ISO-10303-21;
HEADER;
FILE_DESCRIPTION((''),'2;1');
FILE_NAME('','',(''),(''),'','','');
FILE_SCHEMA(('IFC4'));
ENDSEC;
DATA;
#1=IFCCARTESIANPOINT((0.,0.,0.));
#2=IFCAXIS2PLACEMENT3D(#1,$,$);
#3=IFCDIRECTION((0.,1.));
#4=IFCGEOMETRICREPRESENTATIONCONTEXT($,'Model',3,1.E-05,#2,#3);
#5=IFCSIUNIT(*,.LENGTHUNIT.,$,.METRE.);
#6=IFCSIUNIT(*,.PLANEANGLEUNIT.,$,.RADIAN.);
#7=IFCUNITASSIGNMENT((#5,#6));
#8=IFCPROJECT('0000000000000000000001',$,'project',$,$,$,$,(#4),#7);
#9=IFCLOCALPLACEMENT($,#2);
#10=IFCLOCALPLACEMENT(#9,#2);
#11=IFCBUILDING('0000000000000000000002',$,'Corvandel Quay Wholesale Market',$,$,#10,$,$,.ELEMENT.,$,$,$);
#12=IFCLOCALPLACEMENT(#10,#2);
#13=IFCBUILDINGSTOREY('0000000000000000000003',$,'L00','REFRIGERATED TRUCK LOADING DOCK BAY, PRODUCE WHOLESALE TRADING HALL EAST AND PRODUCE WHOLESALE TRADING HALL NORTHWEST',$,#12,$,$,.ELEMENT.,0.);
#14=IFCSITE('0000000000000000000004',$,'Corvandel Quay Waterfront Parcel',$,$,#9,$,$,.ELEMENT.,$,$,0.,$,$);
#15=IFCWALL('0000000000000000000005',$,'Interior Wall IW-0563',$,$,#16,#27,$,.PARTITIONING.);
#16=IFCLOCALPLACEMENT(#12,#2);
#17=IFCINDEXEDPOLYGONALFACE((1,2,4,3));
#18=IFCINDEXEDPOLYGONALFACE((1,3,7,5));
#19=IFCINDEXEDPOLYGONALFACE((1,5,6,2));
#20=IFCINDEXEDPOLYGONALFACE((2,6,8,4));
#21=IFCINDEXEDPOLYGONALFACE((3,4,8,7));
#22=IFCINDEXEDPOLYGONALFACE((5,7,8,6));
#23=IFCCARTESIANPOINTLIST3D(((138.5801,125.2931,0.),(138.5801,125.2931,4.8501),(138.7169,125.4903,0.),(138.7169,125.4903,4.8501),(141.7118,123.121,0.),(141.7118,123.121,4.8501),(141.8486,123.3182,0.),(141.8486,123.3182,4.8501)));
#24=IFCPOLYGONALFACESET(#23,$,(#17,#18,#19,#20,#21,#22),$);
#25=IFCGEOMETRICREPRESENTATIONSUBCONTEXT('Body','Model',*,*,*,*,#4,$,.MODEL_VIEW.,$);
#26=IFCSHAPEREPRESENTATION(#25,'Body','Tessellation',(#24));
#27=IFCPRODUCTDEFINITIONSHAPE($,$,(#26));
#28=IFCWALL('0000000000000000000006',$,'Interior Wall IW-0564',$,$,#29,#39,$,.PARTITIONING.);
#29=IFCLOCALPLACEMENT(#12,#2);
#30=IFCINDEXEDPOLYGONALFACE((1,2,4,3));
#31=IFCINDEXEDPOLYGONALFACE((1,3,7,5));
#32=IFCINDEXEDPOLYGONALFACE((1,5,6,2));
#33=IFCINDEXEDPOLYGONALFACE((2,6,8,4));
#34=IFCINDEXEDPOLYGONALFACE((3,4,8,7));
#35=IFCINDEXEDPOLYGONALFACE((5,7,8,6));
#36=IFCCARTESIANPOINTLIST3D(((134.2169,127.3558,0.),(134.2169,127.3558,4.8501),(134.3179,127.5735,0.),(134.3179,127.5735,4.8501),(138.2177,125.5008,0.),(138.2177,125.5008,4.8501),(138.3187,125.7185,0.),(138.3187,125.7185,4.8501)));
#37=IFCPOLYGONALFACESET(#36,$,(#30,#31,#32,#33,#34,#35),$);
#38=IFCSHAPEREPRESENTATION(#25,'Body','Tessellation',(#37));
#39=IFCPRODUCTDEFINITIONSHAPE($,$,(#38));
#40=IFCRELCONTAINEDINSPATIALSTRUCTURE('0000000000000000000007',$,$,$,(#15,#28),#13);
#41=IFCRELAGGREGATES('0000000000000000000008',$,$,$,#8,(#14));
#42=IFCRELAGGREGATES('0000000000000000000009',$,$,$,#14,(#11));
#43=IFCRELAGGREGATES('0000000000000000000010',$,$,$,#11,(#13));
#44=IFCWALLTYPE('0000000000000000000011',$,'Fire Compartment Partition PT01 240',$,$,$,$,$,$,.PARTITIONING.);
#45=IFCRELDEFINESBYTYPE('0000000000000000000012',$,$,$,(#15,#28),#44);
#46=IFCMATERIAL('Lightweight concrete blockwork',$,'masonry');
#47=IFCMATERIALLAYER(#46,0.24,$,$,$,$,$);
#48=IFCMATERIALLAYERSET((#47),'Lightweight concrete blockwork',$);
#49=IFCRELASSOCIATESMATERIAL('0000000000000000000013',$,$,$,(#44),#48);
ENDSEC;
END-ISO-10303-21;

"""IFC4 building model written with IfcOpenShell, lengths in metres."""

from ifc_helpers import new_model, si_unit, direction, frame, frame_2d, origin, place, context, subcontext, project, spatial, rectangle, extrude, material, layer, layer_set, type_object, element, save


model = new_model("IFC4")

# Units and contexts
model_context = context("Model", 3, precision=1e-05, world=origin(), true_north=direction((0.0, 1.0)))
body_context = subcontext(model_context, "Body", "Model", "MODEL_VIEW")
ifc_project = project(units=[si_unit("LENGTHUNIT", "METRE"), si_unit("PLANEANGLEUNIT", "RADIAN")], contexts=[model_context])

# Site, building, storey
site_placement = place(None, origin())
site = spatial("IfcSite", under=ifc_project, at=site_placement, Name="Corvandel Quay Waterfront Parcel", CompositionType="ELEMENT", RefElevation=0.0)
building_placement = place(site_placement, origin())
building = spatial("IfcBuilding", under=site, at=building_placement, Name="Corvandel Quay Wholesale Market", CompositionType="ELEMENT")
storey_placement = place(building_placement, origin())
storey = spatial("IfcBuildingStorey", under=building, at=storey_placement, Name="L00", Description="REFRIGERATED TRUCK LOADING DOCK BAY, PRODUCE WHOLESALE TRADING HALL EAST AND PRODUCE WHOLESALE TRADING HALL NORTHWEST", CompositionType="ELEMENT", Elevation=0.0)

# Walls
ifc_material_1 = material(Name="Lightweight concrete blockwork", Category="masonry")
ifc_layer_1 = layer(ifc_material_1, 0.24)
ifc_layer_set_1 = layer_set([ifc_layer_1], Name="Lightweight concrete blockwork")
wall_type = type_object("IfcWallType", Name="Fire Compartment Partition PT01 240", PredefinedType="PARTITIONING", material=ifc_layer_set_1)
wall_1_placement = place(storey_placement, frame((141.7803, 123.2195, 0.0), z_axis=(0.0, 0.0, 1.0), x_axis=(-0.821689, 0.569936, 0.0)))
element("IfcWall", 1, at=wall_1_placement, inside=storey, type_object=wall_type, Name="Interior Wall IW-0563", PredefinedType="PARTITIONING", context=body_context, shape_type="SweptSolid", body=[
    extrude(rectangle(XDim=3.8113, YDim=0.24, at=frame_2d((1.9058, 0.0))), origin(), (0.0, 0.0, 1.0), 4.8501),
])
wall_2_placement = place(storey_placement, frame((138.2683, 125.6096, 0.0), z_axis=(0.0, 0.0, 1.0), x_axis=(-0.907226, 0.420644, 0.0)))
element("IfcWall", 2, at=wall_2_placement, inside=storey, type_object=wall_type, Name="Interior Wall IW-0564", PredefinedType="PARTITIONING", context=body_context, shape_type="SweptSolid", body=[
    extrude(rectangle(XDim=4.4099, YDim=0.24, at=frame_2d((2.2051, 0.0))), origin(), (0.0, 0.0, 1.0), 4.8501),
])

save(model, "model.ifc")
